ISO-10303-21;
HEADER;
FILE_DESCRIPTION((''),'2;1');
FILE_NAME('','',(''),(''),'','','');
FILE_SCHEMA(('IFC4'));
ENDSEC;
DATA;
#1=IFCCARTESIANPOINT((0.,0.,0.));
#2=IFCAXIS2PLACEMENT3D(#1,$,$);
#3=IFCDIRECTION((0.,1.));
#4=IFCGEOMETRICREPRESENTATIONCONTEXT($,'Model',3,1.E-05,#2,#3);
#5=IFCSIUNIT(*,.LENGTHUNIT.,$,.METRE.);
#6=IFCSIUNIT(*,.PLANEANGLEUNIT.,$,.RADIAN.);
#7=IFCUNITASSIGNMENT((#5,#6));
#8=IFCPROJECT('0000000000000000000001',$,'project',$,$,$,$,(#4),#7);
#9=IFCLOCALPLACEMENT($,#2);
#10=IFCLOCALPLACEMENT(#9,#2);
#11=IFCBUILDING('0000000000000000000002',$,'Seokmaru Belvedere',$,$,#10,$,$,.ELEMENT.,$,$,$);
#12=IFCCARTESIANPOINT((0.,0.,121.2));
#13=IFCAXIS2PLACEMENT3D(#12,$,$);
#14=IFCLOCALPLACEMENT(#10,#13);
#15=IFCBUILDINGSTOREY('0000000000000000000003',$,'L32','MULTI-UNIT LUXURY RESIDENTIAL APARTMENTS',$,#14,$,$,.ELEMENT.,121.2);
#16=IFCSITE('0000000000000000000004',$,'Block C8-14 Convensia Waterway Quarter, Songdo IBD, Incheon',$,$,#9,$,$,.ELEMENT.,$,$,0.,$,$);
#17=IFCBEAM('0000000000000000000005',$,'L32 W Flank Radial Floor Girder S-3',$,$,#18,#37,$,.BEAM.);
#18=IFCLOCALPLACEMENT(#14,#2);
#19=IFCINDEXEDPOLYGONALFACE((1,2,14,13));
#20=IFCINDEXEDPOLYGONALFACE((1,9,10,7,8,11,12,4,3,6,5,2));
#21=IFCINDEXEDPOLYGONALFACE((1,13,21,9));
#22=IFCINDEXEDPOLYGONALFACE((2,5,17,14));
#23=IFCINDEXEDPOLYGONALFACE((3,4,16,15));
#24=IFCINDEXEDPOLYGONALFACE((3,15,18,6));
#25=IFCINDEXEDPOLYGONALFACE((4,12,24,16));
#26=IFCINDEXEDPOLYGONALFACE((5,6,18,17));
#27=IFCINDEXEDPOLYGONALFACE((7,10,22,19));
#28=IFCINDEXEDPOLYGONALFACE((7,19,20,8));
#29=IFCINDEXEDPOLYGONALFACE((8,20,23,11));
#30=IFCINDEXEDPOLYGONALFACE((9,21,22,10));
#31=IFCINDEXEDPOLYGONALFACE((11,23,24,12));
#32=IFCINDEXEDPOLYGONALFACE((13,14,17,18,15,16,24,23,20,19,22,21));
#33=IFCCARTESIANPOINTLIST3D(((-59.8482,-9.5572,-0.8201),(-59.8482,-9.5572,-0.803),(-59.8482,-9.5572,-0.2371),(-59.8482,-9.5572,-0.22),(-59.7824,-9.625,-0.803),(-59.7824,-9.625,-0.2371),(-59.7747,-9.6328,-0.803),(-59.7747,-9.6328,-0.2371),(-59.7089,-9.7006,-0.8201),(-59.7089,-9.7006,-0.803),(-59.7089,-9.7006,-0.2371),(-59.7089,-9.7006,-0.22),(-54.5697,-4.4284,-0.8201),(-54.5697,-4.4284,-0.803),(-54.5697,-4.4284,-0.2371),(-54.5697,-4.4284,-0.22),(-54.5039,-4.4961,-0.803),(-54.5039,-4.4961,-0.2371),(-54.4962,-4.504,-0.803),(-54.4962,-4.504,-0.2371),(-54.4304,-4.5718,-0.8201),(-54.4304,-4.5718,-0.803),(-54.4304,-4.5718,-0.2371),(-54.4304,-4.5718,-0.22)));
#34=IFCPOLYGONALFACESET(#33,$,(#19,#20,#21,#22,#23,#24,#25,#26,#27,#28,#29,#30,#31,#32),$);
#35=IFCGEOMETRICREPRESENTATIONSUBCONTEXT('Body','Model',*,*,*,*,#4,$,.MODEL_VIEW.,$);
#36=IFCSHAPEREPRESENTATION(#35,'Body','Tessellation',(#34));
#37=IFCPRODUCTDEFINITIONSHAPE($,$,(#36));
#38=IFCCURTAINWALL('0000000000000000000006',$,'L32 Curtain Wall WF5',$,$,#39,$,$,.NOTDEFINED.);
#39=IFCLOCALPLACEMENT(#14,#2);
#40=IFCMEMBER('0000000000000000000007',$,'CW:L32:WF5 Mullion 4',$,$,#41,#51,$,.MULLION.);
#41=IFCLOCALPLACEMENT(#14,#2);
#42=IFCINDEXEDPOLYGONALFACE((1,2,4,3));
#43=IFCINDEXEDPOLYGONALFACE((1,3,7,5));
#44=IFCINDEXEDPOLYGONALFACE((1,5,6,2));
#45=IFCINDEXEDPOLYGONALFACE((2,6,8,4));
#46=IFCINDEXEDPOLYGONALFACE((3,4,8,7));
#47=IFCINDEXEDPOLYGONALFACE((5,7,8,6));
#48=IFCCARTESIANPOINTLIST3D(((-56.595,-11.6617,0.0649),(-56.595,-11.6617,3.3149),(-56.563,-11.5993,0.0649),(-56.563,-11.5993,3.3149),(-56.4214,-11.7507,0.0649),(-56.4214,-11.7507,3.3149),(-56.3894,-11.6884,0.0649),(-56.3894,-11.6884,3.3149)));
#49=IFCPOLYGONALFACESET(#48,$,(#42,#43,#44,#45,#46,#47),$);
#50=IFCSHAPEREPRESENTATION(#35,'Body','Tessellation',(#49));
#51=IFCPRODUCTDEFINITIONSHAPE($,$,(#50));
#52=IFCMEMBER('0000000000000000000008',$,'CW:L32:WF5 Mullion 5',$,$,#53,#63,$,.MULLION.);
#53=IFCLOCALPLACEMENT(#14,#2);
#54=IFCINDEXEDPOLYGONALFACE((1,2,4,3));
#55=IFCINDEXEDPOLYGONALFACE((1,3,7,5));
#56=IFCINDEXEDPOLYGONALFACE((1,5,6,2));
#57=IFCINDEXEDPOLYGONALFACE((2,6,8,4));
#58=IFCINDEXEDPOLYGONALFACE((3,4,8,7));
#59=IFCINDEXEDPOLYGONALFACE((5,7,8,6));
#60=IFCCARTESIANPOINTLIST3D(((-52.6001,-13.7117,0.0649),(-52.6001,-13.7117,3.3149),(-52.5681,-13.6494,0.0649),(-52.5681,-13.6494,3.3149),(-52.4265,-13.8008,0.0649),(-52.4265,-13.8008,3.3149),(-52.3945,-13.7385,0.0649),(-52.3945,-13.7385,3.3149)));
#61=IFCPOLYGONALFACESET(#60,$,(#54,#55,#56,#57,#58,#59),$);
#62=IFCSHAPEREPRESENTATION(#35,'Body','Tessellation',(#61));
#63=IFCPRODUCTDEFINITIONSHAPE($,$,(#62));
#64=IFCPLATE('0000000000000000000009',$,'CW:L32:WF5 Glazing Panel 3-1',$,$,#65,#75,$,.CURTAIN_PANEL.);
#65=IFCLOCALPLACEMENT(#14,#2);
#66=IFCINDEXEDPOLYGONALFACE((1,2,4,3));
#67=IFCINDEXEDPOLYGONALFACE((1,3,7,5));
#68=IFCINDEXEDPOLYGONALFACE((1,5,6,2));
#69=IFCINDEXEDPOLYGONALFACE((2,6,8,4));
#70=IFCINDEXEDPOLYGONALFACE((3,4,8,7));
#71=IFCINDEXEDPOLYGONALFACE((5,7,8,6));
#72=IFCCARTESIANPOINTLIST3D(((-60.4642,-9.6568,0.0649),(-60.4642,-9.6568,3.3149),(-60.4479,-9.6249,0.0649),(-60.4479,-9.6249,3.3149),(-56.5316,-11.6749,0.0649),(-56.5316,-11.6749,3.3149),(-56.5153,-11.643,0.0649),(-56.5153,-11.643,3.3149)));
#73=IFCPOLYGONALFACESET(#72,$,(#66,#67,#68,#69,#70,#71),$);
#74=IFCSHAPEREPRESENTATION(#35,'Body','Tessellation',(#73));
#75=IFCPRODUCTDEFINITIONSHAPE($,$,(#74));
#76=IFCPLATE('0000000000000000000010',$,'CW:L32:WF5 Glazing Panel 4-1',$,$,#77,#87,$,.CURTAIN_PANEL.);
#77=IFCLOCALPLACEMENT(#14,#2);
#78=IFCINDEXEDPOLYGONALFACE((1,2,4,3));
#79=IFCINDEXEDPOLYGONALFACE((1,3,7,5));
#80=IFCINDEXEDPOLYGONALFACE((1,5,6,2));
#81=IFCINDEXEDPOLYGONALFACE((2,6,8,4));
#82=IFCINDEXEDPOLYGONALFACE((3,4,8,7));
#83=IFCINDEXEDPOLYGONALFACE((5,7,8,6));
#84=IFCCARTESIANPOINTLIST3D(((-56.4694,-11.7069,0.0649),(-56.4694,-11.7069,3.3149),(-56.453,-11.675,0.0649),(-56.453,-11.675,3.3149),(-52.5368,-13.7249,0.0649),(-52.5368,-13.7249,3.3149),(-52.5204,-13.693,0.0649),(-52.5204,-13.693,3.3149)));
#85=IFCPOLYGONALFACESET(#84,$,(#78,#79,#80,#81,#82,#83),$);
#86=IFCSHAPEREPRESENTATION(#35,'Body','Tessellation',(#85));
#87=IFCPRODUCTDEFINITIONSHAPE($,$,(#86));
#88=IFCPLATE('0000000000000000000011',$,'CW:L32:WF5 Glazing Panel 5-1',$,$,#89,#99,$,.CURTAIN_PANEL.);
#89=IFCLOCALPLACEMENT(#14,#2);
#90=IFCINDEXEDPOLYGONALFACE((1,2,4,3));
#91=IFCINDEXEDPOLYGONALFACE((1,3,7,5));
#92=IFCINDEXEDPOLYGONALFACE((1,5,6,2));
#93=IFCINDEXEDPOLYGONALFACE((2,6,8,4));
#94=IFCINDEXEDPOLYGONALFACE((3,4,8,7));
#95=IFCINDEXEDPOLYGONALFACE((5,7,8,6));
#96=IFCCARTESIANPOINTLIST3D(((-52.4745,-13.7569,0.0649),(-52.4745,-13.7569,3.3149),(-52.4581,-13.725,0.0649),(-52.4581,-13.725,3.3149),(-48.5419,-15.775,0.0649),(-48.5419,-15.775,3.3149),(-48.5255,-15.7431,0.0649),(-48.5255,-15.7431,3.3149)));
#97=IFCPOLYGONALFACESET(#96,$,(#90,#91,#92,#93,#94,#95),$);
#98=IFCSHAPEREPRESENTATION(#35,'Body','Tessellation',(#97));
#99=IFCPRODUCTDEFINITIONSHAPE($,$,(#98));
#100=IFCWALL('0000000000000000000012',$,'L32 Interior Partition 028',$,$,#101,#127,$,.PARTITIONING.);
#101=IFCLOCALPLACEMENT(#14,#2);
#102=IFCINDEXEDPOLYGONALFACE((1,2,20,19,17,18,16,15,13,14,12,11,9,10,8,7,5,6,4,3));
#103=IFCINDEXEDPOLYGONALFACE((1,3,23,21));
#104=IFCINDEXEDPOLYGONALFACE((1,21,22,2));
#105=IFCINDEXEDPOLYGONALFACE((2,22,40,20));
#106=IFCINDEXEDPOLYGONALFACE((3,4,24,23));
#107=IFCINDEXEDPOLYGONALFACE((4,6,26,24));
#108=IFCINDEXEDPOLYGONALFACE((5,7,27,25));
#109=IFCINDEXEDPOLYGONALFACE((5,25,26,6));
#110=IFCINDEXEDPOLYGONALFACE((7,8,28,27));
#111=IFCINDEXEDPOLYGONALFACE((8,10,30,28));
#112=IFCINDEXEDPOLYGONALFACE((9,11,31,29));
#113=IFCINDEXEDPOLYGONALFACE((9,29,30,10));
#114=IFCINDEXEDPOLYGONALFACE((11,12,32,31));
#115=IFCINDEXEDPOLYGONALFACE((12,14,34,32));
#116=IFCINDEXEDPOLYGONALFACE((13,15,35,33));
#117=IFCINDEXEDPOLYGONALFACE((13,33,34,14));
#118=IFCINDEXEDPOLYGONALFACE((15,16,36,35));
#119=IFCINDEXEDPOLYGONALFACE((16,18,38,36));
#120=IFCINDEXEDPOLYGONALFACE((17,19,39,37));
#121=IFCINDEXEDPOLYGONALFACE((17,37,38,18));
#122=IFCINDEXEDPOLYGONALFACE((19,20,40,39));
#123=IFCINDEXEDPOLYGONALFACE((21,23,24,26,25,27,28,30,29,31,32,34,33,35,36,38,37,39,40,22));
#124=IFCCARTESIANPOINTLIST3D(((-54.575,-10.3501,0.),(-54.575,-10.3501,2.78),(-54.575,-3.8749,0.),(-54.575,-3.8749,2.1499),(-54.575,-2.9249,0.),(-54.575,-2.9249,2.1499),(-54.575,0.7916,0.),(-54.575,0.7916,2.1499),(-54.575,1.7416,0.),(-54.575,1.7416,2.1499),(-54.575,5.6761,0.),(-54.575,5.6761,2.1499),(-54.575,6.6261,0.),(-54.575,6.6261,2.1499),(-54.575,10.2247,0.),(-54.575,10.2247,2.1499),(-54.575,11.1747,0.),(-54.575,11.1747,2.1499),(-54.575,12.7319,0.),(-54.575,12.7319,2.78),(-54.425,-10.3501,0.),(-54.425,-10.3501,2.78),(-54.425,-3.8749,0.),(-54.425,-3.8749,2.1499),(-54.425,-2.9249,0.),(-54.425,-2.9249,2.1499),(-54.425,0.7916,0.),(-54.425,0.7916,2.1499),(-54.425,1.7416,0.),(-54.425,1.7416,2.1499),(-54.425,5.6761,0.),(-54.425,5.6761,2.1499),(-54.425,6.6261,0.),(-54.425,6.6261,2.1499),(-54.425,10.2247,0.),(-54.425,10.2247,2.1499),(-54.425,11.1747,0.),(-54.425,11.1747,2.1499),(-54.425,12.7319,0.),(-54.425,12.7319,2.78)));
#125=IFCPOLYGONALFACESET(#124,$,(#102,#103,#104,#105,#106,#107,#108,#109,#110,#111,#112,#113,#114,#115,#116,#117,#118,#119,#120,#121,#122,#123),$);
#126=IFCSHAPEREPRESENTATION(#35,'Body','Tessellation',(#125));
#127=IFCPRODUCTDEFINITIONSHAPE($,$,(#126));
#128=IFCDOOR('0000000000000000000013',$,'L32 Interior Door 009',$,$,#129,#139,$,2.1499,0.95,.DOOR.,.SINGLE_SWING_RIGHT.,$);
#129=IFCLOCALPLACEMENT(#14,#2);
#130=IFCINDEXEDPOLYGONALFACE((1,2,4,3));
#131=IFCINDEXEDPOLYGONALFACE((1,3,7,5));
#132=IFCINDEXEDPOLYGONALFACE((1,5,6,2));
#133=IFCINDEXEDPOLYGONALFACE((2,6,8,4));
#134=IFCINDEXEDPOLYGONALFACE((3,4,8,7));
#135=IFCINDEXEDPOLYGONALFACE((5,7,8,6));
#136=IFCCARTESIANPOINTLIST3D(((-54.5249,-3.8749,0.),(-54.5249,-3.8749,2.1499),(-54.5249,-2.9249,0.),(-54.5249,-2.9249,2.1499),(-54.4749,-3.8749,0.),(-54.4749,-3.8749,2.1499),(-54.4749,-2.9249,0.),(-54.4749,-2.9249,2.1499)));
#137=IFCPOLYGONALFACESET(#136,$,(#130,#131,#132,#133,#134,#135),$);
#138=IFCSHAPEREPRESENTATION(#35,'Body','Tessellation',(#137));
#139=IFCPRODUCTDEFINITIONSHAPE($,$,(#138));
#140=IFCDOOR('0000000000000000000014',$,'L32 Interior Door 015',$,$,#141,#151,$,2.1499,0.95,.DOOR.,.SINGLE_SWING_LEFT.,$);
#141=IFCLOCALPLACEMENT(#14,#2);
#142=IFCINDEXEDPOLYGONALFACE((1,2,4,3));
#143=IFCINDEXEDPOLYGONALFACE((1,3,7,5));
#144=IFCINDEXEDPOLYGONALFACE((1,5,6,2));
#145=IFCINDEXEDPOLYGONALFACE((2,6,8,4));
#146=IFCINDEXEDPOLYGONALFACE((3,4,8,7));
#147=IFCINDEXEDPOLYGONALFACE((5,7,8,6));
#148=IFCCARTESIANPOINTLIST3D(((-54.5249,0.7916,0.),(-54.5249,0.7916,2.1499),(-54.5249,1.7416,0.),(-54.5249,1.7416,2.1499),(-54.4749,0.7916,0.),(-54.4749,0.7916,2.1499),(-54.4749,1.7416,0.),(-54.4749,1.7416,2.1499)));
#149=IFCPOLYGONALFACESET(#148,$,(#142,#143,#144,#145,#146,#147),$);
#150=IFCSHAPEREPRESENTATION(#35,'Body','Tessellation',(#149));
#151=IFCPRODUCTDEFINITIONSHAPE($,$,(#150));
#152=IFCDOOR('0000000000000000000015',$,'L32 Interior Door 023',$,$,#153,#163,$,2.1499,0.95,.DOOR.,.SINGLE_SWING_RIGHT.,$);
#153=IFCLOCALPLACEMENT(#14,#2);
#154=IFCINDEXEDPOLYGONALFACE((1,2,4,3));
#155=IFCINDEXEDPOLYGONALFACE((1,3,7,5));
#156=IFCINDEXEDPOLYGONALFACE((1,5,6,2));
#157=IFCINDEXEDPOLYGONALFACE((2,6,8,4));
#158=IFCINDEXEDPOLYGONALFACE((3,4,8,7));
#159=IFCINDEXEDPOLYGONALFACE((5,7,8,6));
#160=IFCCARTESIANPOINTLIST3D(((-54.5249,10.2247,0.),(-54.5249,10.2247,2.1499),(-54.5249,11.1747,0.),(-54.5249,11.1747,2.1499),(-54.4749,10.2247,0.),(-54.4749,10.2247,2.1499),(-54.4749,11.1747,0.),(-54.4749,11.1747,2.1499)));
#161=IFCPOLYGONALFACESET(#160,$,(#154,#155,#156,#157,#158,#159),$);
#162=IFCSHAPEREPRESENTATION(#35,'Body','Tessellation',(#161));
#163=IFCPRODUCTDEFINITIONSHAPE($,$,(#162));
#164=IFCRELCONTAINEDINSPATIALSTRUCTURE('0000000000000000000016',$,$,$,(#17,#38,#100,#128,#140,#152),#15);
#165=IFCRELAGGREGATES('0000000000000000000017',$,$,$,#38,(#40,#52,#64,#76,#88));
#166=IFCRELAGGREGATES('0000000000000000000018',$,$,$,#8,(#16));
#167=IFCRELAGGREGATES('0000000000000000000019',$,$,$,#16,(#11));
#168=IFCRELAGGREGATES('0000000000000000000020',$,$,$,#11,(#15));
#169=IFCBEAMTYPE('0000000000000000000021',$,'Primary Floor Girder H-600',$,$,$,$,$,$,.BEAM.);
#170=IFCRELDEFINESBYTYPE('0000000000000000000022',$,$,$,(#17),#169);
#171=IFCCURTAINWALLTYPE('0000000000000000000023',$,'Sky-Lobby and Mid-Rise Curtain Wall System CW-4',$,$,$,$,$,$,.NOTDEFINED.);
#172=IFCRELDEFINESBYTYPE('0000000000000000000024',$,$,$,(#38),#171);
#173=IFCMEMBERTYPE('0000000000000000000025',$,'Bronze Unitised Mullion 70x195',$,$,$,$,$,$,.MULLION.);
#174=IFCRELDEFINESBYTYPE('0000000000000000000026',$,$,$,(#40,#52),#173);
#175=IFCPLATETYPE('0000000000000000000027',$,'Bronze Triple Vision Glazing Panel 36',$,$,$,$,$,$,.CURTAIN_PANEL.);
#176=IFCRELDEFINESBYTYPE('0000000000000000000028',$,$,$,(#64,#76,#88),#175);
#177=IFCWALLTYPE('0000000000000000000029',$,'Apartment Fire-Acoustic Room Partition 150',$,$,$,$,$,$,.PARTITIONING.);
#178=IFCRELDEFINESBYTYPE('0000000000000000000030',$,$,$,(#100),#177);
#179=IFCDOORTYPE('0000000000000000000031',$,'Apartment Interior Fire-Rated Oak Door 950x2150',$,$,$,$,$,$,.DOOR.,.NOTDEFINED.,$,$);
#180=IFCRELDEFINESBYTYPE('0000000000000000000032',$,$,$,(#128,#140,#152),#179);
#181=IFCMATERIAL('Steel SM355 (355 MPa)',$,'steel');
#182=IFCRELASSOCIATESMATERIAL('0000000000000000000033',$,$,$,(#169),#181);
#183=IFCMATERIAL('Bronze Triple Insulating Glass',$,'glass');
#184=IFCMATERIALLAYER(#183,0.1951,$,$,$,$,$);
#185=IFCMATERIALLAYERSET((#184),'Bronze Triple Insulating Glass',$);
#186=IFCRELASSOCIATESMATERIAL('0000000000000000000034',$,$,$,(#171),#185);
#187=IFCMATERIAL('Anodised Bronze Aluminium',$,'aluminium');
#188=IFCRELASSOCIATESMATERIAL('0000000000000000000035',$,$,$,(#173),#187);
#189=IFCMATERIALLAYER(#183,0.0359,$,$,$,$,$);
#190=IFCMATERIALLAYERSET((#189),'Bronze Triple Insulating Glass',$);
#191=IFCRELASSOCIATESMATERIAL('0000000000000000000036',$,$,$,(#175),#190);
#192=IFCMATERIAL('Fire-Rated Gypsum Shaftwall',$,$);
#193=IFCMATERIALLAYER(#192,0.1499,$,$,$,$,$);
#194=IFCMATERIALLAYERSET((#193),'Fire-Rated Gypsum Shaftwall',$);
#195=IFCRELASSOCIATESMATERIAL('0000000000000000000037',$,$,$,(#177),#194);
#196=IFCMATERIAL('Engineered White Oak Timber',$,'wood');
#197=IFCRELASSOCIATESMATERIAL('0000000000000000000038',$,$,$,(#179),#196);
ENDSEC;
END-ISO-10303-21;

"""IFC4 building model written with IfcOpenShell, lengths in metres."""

from ifc_helpers import new_model, si_unit, direction, frame, frame_2d, origin, origin_2d, place, context, subcontext, project, spatial, rectangle, i_section, extrude, source, transform, mapped, material, layer, layer_set, material_profile, profile_set, type_object, type_shapes, element, fill, aggregate, save


model = new_model("IFC4")

# Units and contexts
model_context = context("Model", 3, precision=1e-05, world=origin(), true_north=direction((0.0, 1.0)))
body_context = subcontext(model_context, "Body", "Model", "MODEL_VIEW")
ifc_project = project(units=[si_unit("LENGTHUNIT", "METRE"), si_unit("PLANEANGLEUNIT", "RADIAN")], contexts=[model_context])

# Site, building, storey
site_placement = place(None, origin())
site = spatial("IfcSite", under=ifc_project, at=site_placement, Name="Block C8-14 Convensia Waterway Quarter, Songdo IBD, Incheon", CompositionType="ELEMENT", RefElevation=0.0)
building_placement = place(site_placement, origin())
building = spatial("IfcBuilding", under=site, at=building_placement, Name="Seokmaru Belvedere", CompositionType="ELEMENT")
storey_placement = place(building_placement, frame((0.0, 0.0, 121.2)))
storey = spatial("IfcBuildingStorey", under=building, at=storey_placement, Name="L32", Description="MULTI-UNIT LUXURY RESIDENTIAL APARTMENTS", CompositionType="ELEMENT", Elevation=121.2)

# Shared definitions
ifc_material_1 = material(Name="Steel SM355 (355 MPa)", Category="steel")

# Beam
ifc_material_profile_1 = material_profile(ifc_material_1, i_section(OverallWidth=0.2, OverallDepth=0.6001, WebThickness=0.011, FlangeThickness=0.0171, at=origin_2d()), Name="H-600x200x11x17")
ifc_profile_set_1 = profile_set([ifc_material_profile_1], Name="Steel SM355 (355 MPa)")
beam_type_1 = type_object("IfcBeamType", Name="Primary Floor Girder H-600", PredefinedType="BEAM", material=ifc_profile_set_1)
shared_shape_1 = source(origin(), body_context, "Body", "SweptSolid", [
    extrude(i_section(OverallWidth=0.2, OverallDepth=0.6001, WebThickness=0.011, FlangeThickness=0.0171, at=origin_2d()), origin(), (0.0, 0.0, 1.0), 7.3599),
])
beam_1_placement = place(storey_placement, frame((-59.7786, -9.6289, -0.52), z_axis=(0.717201, 0.696867, 0.0), x_axis=(-0.696867, 0.717201, 0.0)))
element("IfcBeam", 1, at=beam_1_placement, inside=storey, type_object=beam_type_1, Name="L32 W Flank Radial Floor Girder S-3", PredefinedType="BEAM", context=body_context, shape_type="MappedRepresentation", body=[
    mapped(shared_shape_1, transform((0.0, 0.0, 0.0), scale=1.0)),
])

# Curtain wall, members, plates
ifc_material_2 = material(Name="Bronze Triple Insulating Glass", Category="glass")
ifc_layer_1 = layer(ifc_material_2, 0.1951)
ifc_layer_set_1 = layer_set([ifc_layer_1], Name="Bronze Triple Insulating Glass")
curtain_wall_type = type_object("IfcCurtainWallType", Name="Sky-Lobby and Mid-Rise Curtain Wall System CW-4", PredefinedType="NOTDEFINED", material=ifc_layer_set_1)
curtain_wall_placement = place(storey_placement, origin())
curtain_wall = element("IfcCurtainWall", 2, at=curtain_wall_placement, inside=storey, type_object=curtain_wall_type, Name="L32 Curtain Wall WF5", PredefinedType="NOTDEFINED")
ifc_material_3 = material(Name="Anodised Bronze Aluminium", Category="aluminium")
ifc_material_profile_2 = material_profile(ifc_material_3, rectangle(XDim=0.0701, YDim=0.1951, at=origin_2d()), Name="CW-M-70x195")
ifc_profile_set_2 = profile_set([ifc_material_profile_2], Name="Anodised Bronze Aluminium")
member_type = type_object("IfcMemberType", Name="Bronze Unitised Mullion 70x195", PredefinedType="MULLION", material=ifc_profile_set_2)
shared_shape_2 = source(origin(), body_context, "Body", "SweptSolid", [
    extrude(rectangle(XDim=0.0701, YDim=0.1951, at=origin_2d()), origin(), (0.0, 0.0, 1.0), 3.25),
])
type_shapes(member_type, [shared_shape_2])
member_1_placement = place(storey_placement, frame((-56.4922, -11.675, 0.0649), z_axis=(0.0, 0.0, 1.0), x_axis=(0.456555, 0.889695, 0.0)))
member_1 = element("IfcMember", 3, at=member_1_placement, type_object=member_type, Name="CW:L32:WF5 Mullion 4", PredefinedType="MULLION", context=body_context, shape_type="MappedRepresentation", body=[
    mapped(shared_shape_2, transform((0.0, 0.0, 0.0), scale=1.0)),
])
member_2_placement = place(storey_placement, frame((-52.4973, -13.7251, 0.0649), z_axis=(0.0, 0.0, 1.0), x_axis=(0.456555, 0.889695, 0.0)))
member_2 = element("IfcMember", 4, at=member_2_placement, type_object=member_type, Name="CW:L32:WF5 Mullion 5", PredefinedType="MULLION", context=body_context, shape_type="MappedRepresentation", body=[
    mapped(shared_shape_2, transform((0.0, 0.0, 0.0), scale=1.0)),
])
ifc_layer_2 = layer(ifc_material_2, 0.0359)
ifc_layer_set_2 = layer_set([ifc_layer_2], Name="Bronze Triple Insulating Glass")
plate_type = type_object("IfcPlateType", Name="Bronze Triple Vision Glazing Panel 36", PredefinedType="CURTAIN_PANEL", material=ifc_layer_set_2)
shared_shape_3 = source(origin(), body_context, "Body", "SweptSolid", [
    extrude(rectangle(XDim=4.4202, YDim=0.0359, at=origin_2d()), origin(), (0.0, 0.0, 1.0), 3.25),
])
type_shapes(plate_type, [shared_shape_3])
plate_1_placement = place(storey_placement, frame((-58.4897, -10.6499, 0.0649), z_axis=(0.0, 0.0, 1.0), x_axis=(0.889695, -0.456555, 0.0)))
plate_1 = element("IfcPlate", 5, at=plate_1_placement, type_object=plate_type, Name="CW:L32:WF5 Glazing Panel 3-1", PredefinedType="CURTAIN_PANEL", context=body_context, shape_type="MappedRepresentation", body=[
    mapped(shared_shape_3, transform((0.0, 0.0, 0.0), scale=1.0)),
])
plate_2_placement = place(storey_placement, frame((-54.4949, -12.7, 0.0649), z_axis=(0.0, 0.0, 1.0), x_axis=(0.889695, -0.456555, 0.0)))
plate_2 = element("IfcPlate", 6, at=plate_2_placement, type_object=plate_type, Name="CW:L32:WF5 Glazing Panel 4-1", PredefinedType="CURTAIN_PANEL", context=body_context, shape_type="MappedRepresentation", body=[
    mapped(shared_shape_3, transform((0.0, 0.0, 0.0), scale=1.0)),
])
plate_3_placement = place(storey_placement, frame((-50.5, -14.75, 0.0649), z_axis=(0.0, 0.0, 1.0), x_axis=(0.889695, -0.456555, 0.0)))
plate_3 = element("IfcPlate", 7, at=plate_3_placement, type_object=plate_type, Name="CW:L32:WF5 Glazing Panel 5-1", PredefinedType="CURTAIN_PANEL", context=body_context, shape_type="MappedRepresentation", body=[
    mapped(shared_shape_3, transform((0.0, 0.0, 0.0), scale=1.0)),
])
aggregate(curtain_wall, [member_1, member_2, plate_1, plate_2, plate_3])

# Wall, openings, doors
ifc_material_4 = material(Name="Fire-Rated Gypsum Shaftwall")
ifc_layer_3 = layer(ifc_material_4, 0.1499)
ifc_layer_set_3 = layer_set([ifc_layer_3], Name="Fire-Rated Gypsum Shaftwall")
wall_type_1 = type_object("IfcWallType", Name="Apartment Fire-Acoustic Room Partition 150", PredefinedType="PARTITIONING", material=ifc_layer_set_3)
wall_1_placement = place(storey_placement, frame((-54.5, -10.3501, 0.0), z_axis=(0.0, 0.0, 1.0), x_axis=(0.0, 1.0, 0.0)))
wall_1 = element("IfcWall", 8, at=wall_1_placement, inside=storey, type_object=wall_type_1, Name="L32 Interior Partition 028", PredefinedType="PARTITIONING", context=body_context, shape_type="SweptSolid", body=[
    extrude(rectangle(XDim=23.082, YDim=0.1499, at=frame_2d((11.541, 0.0))), origin(), (0.0, 0.0, 1.0), 2.78),
])
opening_1_placement = place(wall_1_placement, frame((6.4751, 0.0, 0.0)))
opening_1 = element("IfcOpeningElement", 9, at=opening_1_placement, cuts=wall_1, PredefinedType="OPENING", context=body_context, shape_type="SweptSolid", body=[
    extrude(rectangle(XDim=0.95, YDim=2.1499, at=frame_2d((0.4751, 1.075))), frame((0.0, 0.085, 0.0), z_axis=(0.0, -1.0, 0.0), x_axis=(1.0, 0.0, 0.0)), (0.0, 0.0, 1.0), 0.1699),
])
opening_2_placement = place(wall_1_placement, frame((11.1416, 0.0, 0.0)))
opening_2 = element("IfcOpeningElement", 10, at=opening_2_placement, cuts=wall_1, PredefinedType="OPENING", context=body_context, shape_type="SweptSolid", body=[
    extrude(rectangle(XDim=0.95, YDim=2.1499, at=frame_2d((0.4751, 1.075))), frame((0.0, 0.085, 0.0), z_axis=(0.0, -1.0, 0.0), x_axis=(1.0, 0.0, 0.0)), (0.0, 0.0, 1.0), 0.1699),
])
opening_3_placement = place(wall_1_placement, frame((20.5747, 0.0, 0.0)))
opening_3 = element("IfcOpeningElement", 11, at=opening_3_placement, cuts=wall_1, PredefinedType="OPENING", context=body_context, shape_type="SweptSolid", body=[
    extrude(rectangle(XDim=0.95, YDim=2.1499, at=frame_2d((0.4751, 1.075))), frame((0.0, 0.085, 0.0), z_axis=(0.0, -1.0, 0.0), x_axis=(1.0, 0.0, 0.0)), (0.0, 0.0, 1.0), 0.1699),
])
opening_4_placement = place(wall_1_placement, frame((16.0261, 0.0, 0.0)))
element("IfcOpeningElement", 12, at=opening_4_placement, cuts=wall_1, PredefinedType="OPENING", context=body_context, shape_type="SweptSolid", body=[
    extrude(rectangle(XDim=0.95, YDim=2.1499, at=frame_2d((0.4751, 1.075))), frame((0.0, 0.085, 0.0), z_axis=(0.0, -1.0, 0.0), x_axis=(1.0, 0.0, 0.0)), (0.0, 0.0, 1.0), 0.1699),
])
ifc_material_5 = material(Name="Engineered White Oak Timber", Category="wood")
door_type = type_object("IfcDoorType", Name="Apartment Interior Fire-Rated Oak Door 950x2150", OperationType="NOTDEFINED", PredefinedType="DOOR", material=ifc_material_5)
shared_shape_4 = source(origin(), body_context, "Body", "SweptSolid", [
    extrude(rectangle(XDim=0.95, YDim=2.1499, at=frame_2d((0.4751, 1.075))), frame((0.0, 0.0249, 0.0), z_axis=(0.0, -1.0, 0.0), x_axis=(1.0, 0.0, 0.0)), (0.0, 0.0, 1.0), 0.05),
])
type_shapes(door_type, [shared_shape_4])
door_1_placement = place(opening_1_placement, origin())
door_1 = element("IfcDoor", 13, at=door_1_placement, inside=storey, type_object=door_type, Name="L32 Interior Door 009", OperationType="SINGLE_SWING_RIGHT", OverallHeight=2.1499, OverallWidth=0.95, PredefinedType="DOOR", context=body_context, shape_type="MappedRepresentation", body=[
    mapped(shared_shape_4, transform((0.0, 0.0, 0.0), scale=1.0)),
])
fill(opening_1, door_1)
door_2_placement = place(opening_2_placement, origin())
door_2 = element("IfcDoor", 14, at=door_2_placement, inside=storey, type_object=door_type, Name="L32 Interior Door 015", OperationType="SINGLE_SWING_LEFT", OverallHeight=2.1499, OverallWidth=0.95, PredefinedType="DOOR", context=body_context, shape_type="MappedRepresentation", body=[
    mapped(shared_shape_4, transform((0.0, 0.0, 0.0), scale=1.0)),
])
fill(opening_2, door_2)
door_3_placement = place(opening_3_placement, origin())
door_3 = element("IfcDoor", 15, at=door_3_placement, inside=storey, type_object=door_type, Name="L32 Interior Door 023", OperationType="SINGLE_SWING_RIGHT", OverallHeight=2.1499, OverallWidth=0.95, PredefinedType="DOOR", context=body_context, shape_type="MappedRepresentation", body=[
    mapped(shared_shape_4, transform((0.0, 0.0, 0.0), scale=1.0)),
])
fill(opening_3, door_3)

save(model, "model.ifc")
